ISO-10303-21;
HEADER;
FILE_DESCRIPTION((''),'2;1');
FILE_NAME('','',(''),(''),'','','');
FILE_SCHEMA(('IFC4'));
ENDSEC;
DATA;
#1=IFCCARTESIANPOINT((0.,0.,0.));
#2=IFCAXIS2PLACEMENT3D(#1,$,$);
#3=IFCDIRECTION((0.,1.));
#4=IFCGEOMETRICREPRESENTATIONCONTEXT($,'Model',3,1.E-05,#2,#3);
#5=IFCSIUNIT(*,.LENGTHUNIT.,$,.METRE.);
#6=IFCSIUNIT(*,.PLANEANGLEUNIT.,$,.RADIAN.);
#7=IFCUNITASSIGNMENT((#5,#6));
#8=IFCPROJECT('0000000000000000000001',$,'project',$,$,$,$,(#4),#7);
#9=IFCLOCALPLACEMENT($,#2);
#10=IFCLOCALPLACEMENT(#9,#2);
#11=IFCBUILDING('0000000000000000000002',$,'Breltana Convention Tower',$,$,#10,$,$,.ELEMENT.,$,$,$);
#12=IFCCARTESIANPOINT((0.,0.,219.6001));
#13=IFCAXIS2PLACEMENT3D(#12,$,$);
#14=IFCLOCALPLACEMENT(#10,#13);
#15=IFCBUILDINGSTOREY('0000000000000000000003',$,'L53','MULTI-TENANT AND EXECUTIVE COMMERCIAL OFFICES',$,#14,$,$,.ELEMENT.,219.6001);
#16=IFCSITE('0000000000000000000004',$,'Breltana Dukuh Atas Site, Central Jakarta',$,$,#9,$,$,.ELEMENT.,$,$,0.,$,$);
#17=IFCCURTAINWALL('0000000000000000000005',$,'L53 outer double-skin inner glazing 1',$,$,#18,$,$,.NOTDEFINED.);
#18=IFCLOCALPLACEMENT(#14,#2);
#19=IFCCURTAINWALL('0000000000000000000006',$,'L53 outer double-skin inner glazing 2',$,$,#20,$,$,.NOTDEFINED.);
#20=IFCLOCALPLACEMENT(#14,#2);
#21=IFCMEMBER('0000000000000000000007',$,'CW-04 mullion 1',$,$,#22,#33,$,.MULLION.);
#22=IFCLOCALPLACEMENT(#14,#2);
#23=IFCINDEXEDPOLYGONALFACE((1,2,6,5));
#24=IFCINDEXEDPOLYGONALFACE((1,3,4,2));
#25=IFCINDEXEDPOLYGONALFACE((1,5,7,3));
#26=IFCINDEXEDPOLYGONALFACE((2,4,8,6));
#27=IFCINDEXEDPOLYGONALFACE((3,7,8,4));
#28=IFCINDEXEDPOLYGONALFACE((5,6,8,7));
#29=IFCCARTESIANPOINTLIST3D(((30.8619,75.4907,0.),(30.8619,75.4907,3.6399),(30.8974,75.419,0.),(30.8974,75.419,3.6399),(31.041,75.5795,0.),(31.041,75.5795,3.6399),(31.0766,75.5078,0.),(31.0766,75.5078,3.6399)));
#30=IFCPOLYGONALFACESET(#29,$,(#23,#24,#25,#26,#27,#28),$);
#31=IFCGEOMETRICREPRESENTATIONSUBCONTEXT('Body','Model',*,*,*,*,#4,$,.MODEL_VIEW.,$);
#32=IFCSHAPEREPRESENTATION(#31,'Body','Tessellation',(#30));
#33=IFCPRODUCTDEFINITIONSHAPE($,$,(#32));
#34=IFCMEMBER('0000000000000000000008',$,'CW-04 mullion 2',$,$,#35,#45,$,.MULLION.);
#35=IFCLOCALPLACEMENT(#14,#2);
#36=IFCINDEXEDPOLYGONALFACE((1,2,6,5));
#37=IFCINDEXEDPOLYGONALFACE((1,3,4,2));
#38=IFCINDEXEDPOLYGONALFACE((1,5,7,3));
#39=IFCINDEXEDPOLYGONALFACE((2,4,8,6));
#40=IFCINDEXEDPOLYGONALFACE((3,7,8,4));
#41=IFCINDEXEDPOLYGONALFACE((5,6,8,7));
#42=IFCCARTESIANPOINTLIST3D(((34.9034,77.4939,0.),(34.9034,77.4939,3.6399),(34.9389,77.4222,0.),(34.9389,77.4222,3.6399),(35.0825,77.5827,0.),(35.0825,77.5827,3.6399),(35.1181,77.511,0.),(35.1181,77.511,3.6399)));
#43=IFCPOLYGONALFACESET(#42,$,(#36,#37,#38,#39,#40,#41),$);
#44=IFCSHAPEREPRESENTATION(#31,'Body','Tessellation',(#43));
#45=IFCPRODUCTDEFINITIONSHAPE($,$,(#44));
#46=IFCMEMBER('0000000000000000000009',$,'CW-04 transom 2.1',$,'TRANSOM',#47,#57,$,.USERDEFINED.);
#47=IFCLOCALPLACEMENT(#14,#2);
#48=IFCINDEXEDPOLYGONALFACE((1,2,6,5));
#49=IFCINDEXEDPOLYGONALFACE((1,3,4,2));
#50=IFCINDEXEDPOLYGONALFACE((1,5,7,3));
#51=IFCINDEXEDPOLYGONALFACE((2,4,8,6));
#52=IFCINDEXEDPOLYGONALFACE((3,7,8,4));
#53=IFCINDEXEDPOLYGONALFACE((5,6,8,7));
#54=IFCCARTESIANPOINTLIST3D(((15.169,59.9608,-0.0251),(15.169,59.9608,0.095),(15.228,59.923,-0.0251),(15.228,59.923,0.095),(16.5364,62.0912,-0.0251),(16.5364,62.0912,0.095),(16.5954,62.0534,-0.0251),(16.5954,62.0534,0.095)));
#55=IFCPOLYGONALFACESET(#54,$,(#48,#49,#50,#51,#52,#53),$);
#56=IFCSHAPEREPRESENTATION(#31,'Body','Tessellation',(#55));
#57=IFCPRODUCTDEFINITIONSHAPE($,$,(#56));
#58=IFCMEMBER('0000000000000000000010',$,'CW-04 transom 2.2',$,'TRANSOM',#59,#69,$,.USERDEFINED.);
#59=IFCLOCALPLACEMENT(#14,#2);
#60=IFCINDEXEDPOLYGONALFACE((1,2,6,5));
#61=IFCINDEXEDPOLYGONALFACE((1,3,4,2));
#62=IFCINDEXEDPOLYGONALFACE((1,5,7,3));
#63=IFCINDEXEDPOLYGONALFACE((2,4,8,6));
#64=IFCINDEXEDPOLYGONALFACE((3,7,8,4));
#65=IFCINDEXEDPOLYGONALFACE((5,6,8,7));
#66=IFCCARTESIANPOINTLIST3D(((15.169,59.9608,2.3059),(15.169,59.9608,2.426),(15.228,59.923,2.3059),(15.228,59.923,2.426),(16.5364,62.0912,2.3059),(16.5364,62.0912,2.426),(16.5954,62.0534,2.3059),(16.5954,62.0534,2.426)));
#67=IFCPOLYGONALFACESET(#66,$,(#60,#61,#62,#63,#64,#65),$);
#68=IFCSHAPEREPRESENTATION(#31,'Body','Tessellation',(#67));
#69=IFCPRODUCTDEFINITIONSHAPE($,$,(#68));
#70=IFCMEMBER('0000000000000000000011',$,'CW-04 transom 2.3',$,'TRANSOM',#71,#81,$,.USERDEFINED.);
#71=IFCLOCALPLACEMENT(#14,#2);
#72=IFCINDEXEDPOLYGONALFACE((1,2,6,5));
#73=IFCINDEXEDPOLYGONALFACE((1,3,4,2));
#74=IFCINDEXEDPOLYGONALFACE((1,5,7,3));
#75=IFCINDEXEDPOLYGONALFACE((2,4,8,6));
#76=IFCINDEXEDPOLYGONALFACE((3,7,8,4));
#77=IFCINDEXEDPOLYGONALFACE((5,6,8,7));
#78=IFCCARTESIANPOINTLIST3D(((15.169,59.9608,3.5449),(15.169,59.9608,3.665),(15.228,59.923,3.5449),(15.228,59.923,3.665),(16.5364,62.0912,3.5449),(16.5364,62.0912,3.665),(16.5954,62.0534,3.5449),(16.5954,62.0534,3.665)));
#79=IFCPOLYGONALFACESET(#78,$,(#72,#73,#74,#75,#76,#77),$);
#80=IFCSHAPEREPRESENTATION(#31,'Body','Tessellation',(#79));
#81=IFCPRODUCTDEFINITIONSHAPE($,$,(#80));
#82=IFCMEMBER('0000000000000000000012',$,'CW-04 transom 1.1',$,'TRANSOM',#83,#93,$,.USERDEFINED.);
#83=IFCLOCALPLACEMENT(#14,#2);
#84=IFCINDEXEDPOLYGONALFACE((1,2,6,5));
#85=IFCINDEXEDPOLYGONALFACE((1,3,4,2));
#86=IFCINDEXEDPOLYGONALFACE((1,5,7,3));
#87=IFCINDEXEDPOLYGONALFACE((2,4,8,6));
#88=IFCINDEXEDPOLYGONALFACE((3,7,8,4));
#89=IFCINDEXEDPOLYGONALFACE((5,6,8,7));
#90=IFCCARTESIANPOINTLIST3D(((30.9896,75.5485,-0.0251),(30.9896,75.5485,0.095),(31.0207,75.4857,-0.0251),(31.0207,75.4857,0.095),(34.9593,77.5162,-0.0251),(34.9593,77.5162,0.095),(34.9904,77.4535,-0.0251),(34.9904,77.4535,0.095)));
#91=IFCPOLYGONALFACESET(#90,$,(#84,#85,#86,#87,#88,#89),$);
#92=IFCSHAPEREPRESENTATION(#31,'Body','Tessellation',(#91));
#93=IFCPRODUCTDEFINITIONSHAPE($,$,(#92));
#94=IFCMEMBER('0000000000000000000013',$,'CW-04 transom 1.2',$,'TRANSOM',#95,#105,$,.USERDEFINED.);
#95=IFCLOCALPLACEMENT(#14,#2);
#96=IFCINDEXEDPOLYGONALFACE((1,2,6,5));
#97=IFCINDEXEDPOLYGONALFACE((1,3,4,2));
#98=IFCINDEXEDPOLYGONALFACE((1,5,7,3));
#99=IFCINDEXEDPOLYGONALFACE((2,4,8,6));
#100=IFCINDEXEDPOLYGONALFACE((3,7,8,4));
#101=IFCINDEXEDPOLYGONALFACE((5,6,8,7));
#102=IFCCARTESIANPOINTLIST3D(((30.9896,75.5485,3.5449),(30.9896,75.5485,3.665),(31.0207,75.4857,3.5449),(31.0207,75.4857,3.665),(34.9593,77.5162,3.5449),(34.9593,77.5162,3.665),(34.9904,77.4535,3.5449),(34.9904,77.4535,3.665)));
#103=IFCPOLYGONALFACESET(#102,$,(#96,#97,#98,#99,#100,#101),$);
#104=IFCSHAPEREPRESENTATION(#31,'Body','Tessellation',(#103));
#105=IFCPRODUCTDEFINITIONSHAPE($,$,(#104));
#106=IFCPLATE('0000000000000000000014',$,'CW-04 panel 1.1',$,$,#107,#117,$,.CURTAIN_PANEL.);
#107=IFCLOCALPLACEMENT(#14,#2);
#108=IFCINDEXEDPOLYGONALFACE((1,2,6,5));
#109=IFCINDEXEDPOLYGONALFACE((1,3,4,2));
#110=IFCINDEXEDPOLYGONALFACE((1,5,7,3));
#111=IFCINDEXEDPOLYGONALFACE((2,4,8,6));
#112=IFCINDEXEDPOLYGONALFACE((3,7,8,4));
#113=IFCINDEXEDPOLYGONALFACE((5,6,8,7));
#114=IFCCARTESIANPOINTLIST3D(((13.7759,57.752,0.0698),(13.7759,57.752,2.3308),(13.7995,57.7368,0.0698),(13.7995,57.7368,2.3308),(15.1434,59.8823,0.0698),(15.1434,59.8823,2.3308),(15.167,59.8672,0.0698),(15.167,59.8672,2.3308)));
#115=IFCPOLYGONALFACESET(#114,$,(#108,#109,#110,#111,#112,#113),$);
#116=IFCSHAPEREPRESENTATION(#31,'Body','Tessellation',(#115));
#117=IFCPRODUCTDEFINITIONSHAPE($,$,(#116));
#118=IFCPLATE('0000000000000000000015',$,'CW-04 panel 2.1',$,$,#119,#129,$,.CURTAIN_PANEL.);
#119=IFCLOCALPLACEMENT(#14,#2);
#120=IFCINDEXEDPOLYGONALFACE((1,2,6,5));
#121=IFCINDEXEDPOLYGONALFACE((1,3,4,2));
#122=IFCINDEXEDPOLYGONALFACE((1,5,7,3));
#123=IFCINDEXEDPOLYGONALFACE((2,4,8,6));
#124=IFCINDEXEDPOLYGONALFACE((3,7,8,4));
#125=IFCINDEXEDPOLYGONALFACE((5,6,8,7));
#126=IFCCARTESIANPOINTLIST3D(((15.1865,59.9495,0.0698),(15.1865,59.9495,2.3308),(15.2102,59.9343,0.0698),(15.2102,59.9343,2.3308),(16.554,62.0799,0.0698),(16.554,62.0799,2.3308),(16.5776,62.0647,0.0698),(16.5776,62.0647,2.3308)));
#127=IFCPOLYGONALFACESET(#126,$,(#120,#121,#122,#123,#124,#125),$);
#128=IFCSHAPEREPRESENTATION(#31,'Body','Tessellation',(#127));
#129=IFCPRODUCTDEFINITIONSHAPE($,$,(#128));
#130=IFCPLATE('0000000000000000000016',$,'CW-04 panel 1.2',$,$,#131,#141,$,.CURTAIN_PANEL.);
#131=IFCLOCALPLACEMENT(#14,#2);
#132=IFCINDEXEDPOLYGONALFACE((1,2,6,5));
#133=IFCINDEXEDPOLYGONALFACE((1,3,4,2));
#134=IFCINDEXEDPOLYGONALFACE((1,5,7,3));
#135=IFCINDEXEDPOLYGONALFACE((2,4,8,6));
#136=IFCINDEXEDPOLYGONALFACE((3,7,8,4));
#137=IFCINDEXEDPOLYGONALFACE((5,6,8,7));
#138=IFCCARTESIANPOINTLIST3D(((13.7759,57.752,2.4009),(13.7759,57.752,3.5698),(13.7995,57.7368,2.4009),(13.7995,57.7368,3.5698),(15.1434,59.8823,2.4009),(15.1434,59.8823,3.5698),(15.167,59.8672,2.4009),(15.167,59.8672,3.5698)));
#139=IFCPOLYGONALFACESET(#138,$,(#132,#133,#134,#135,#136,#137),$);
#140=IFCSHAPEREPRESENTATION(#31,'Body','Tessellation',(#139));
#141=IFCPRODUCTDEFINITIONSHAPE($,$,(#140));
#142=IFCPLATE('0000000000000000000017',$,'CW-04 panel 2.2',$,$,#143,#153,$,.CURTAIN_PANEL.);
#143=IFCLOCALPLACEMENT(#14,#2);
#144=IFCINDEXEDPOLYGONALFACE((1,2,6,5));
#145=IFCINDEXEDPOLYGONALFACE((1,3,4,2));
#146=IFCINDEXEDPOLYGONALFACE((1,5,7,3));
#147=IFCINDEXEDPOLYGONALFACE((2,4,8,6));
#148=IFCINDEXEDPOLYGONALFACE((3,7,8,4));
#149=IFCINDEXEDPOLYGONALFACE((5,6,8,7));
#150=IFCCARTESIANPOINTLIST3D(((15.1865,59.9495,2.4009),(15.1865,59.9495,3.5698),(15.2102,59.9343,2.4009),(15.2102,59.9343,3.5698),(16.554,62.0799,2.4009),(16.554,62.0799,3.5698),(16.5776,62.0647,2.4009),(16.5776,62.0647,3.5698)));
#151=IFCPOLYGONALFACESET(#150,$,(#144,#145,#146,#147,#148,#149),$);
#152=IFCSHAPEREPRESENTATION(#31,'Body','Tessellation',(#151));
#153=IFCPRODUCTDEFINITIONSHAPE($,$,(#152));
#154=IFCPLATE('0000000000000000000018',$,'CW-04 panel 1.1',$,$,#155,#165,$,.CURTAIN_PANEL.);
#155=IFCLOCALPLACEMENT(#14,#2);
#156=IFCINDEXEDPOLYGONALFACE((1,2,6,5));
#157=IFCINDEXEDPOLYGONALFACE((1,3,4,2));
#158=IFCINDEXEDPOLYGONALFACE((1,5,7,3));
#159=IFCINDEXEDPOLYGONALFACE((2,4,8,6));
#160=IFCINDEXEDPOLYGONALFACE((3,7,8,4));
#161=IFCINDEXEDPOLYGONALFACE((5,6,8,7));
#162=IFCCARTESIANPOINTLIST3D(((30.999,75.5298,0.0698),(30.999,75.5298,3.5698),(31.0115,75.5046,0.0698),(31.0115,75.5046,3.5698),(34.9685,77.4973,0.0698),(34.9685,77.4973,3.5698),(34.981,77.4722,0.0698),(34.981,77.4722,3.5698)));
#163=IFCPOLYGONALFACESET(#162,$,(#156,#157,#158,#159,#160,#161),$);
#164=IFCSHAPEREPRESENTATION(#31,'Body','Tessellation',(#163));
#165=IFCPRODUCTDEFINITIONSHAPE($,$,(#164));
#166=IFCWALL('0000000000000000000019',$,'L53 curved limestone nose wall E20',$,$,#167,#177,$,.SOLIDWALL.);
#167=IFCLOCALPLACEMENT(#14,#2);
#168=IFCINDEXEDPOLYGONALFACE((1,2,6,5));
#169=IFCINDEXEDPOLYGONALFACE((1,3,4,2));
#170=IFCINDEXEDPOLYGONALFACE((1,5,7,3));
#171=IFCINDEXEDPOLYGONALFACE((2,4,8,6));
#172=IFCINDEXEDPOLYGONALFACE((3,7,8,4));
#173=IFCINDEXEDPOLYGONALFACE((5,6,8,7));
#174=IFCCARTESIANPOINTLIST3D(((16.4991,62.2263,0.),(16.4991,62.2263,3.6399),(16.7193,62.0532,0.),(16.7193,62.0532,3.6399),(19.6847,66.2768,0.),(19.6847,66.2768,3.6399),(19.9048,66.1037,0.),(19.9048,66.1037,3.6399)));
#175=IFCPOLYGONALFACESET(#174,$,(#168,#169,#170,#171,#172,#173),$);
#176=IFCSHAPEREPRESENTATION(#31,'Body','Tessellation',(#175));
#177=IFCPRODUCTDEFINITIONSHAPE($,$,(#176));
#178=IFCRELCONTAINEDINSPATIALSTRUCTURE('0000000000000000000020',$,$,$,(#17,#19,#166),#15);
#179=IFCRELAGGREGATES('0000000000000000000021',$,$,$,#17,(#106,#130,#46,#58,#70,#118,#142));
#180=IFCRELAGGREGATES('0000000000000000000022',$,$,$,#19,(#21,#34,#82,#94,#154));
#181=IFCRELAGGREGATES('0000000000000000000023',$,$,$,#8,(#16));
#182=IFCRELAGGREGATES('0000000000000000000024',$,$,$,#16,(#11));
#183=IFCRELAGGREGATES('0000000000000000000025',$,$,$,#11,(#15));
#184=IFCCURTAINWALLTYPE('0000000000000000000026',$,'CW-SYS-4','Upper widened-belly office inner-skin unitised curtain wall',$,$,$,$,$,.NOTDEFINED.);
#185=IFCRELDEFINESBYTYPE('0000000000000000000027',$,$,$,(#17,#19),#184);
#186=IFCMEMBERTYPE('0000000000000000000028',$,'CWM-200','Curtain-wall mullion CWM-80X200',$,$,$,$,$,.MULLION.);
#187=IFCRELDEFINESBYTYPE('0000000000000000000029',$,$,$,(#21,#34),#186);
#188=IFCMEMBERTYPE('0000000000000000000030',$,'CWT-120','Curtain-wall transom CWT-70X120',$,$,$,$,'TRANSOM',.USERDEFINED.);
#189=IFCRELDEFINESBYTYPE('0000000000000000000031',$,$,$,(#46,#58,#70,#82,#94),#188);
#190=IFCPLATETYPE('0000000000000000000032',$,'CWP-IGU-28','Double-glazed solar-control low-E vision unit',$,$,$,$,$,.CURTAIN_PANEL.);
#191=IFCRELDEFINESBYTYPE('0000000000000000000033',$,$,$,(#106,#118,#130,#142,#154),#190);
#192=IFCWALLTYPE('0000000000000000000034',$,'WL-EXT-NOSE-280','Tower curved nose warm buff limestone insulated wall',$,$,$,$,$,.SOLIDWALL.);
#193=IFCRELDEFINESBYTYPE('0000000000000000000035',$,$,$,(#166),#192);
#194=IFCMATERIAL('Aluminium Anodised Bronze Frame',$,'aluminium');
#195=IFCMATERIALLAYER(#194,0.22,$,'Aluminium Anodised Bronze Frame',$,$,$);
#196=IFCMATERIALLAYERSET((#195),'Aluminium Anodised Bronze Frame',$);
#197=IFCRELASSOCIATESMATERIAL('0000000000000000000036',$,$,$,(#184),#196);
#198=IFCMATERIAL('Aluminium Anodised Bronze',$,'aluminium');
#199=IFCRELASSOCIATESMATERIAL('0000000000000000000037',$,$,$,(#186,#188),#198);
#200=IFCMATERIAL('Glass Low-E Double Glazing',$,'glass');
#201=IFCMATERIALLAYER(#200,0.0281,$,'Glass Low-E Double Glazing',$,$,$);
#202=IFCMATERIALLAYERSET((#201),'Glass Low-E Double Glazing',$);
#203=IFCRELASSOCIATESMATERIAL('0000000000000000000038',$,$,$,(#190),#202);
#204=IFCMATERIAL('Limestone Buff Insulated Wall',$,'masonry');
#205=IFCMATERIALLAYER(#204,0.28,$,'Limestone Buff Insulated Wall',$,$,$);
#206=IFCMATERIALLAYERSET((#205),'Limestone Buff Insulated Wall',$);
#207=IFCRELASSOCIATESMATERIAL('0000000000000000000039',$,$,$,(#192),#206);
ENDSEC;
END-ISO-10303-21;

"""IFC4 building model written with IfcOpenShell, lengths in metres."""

from ifc_helpers import new_model, si_unit, direction, frame, frame_2d, origin, origin_2d, place, context, subcontext, project, spatial, rectangle, extrude, source, transform, mapped, material, layer, layer_set, material_profile, profile_set, type_object, element, aggregate, save


model = new_model("IFC4")

# Units and contexts
model_context = context("Model", 3, precision=1e-05, world=origin(), true_north=direction((0.0, 1.0)))
body_context = subcontext(model_context, "Body", "Model", "MODEL_VIEW")
ifc_project = project(units=[si_unit("LENGTHUNIT", "METRE"), si_unit("PLANEANGLEUNIT", "RADIAN")], contexts=[model_context])

# Site, building, storey
site_placement = place(None, origin())
site = spatial("IfcSite", under=ifc_project, at=site_placement, Name="Breltana Dukuh Atas Site, Central Jakarta", CompositionType="ELEMENT", RefElevation=0.0)
building_placement = place(site_placement, origin())
building = spatial("IfcBuilding", under=site, at=building_placement, Name="Breltana Convention Tower", CompositionType="ELEMENT")
storey_placement = place(building_placement, frame((0.0, 0.0, 219.6001)))
storey = spatial("IfcBuildingStorey", under=building, at=storey_placement, Name="L53", Description="MULTI-TENANT AND EXECUTIVE COMMERCIAL OFFICES", CompositionType="ELEMENT", Elevation=219.6001)

# Curtain walls, members
ifc_material_1 = material(Name="Aluminium Anodised Bronze Frame", Category="aluminium")
ifc_layer_1 = layer(ifc_material_1, 0.22, Name="Aluminium Anodised Bronze Frame")
ifc_layer_set_1 = layer_set([ifc_layer_1], Name="Aluminium Anodised Bronze Frame")
curtain_wall_type = type_object("IfcCurtainWallType", Name="CW-SYS-4", Description="Upper widened-belly office inner-skin unitised curtain wall", PredefinedType="NOTDEFINED", material=ifc_layer_set_1)
curtain_wall_1_placement = place(storey_placement, origin())
curtain_wall_1 = element("IfcCurtainWall", 1, at=curtain_wall_1_placement, inside=storey, type_object=curtain_wall_type, Name="L53 outer double-skin inner glazing 1", PredefinedType="NOTDEFINED")
ifc_material_2 = material(Name="Aluminium Anodised Bronze", Category="aluminium")
ifc_material_profile_1 = material_profile(ifc_material_2, rectangle(XDim=0.0801, YDim=0.2, at=origin_2d()), Name="CWM-80X200")
ifc_profile_set_1 = profile_set([ifc_material_profile_1], Name="Aluminium Anodised Bronze")
member_type_1 = type_object("IfcMemberType", Name="CWM-200", Description="Curtain-wall mullion CWM-80X200", PredefinedType="MULLION", material=ifc_profile_set_1)
shared_shape_1 = source(origin(), body_context, "Body", "SweptSolid", [
    extrude(rectangle(XDim=0.0801, YDim=0.2, at=origin_2d()), origin(), (0.0, 0.0, 1.0), 3.6399),
])
curtain_wall_2_placement = place(storey_placement, origin())
curtain_wall_2 = element("IfcCurtainWall", 2, at=curtain_wall_2_placement, inside=storey, type_object=curtain_wall_type, Name="L53 outer double-skin inner glazing 2", PredefinedType="NOTDEFINED")
member_1_placement = place(storey_placement, frame((30.9692, 75.4993, 0.0), z_axis=(0.0, 0.0, 1.0), x_axis=(-0.444109, 0.895973, 0.0)))
member_1 = element("IfcMember", 3, at=member_1_placement, type_object=member_type_1, Name="CW-04 mullion 1", PredefinedType="MULLION", context=body_context, shape_type="MappedRepresentation", body=[
    mapped(shared_shape_1, transform((0.0, 0.0, 0.0), scale=1.0)),
])
member_2_placement = place(storey_placement, frame((35.0107, 77.5024, 0.0), z_axis=(0.0, 0.0, 1.0), x_axis=(-0.444109, 0.895973, 0.0)))
member_2 = element("IfcMember", 4, at=member_2_placement, type_object=member_type_1, Name="CW-04 mullion 2", PredefinedType="MULLION", context=body_context, shape_type="MappedRepresentation", body=[
    mapped(shared_shape_1, transform((0.0, 0.0, 0.0), scale=1.0)),
])

# Members
ifc_material_profile_2 = material_profile(ifc_material_2, rectangle(XDim=0.0701, YDim=0.1201, at=origin_2d()), Name="CWT-70X120")
ifc_profile_set_2 = profile_set([ifc_material_profile_2], Name="Aluminium Anodised Bronze")
member_type_2 = type_object("IfcMemberType", Name="CWT-120", Description="Curtain-wall transom CWT-70X120", ElementType="TRANSOM", PredefinedType="USERDEFINED", material=ifc_profile_set_2)
shared_shape_2 = source(origin(), body_context, "Body", "SweptSolid", [
    extrude(rectangle(XDim=0.0701, YDim=0.1201, at=origin_2d()), origin(), (0.0, 0.0, 1.0), 2.5315),
])
member_3_placement = place(storey_placement, frame((15.1985, 59.9419, 0.0349), z_axis=(0.540173, 0.841554, 0.0), x_axis=(-0.841554, 0.540173, 0.0)))
member_3 = element("IfcMember", 5, at=member_3_placement, type_object=member_type_2, Name="CW-04 transom 2.1", ObjectType="TRANSOM", PredefinedType="USERDEFINED", context=body_context, shape_type="MappedRepresentation", body=[
    mapped(shared_shape_2, transform((0.0, 0.0, 0.0), scale=1.0)),
])
member_4_placement = place(storey_placement, frame((15.1985, 59.9419, 2.366), z_axis=(0.540173, 0.841554, 0.0), x_axis=(-0.841554, 0.540173, 0.0)))
member_4 = element("IfcMember", 6, at=member_4_placement, type_object=member_type_2, Name="CW-04 transom 2.2", ObjectType="TRANSOM", PredefinedType="USERDEFINED", context=body_context, shape_type="MappedRepresentation", body=[
    mapped(shared_shape_2, transform((0.0, 0.0, 0.0), scale=1.0)),
])
member_5_placement = place(storey_placement, frame((15.1985, 59.9419, 3.605), z_axis=(0.540173, 0.841554, 0.0), x_axis=(-0.841554, 0.540173, 0.0)))
member_5 = element("IfcMember", 7, at=member_5_placement, type_object=member_type_2, Name="CW-04 transom 2.3", ObjectType="TRANSOM", PredefinedType="USERDEFINED", context=body_context, shape_type="MappedRepresentation", body=[
    mapped(shared_shape_2, transform((0.0, 0.0, 0.0), scale=1.0)),
])
shared_shape_3 = source(origin(), body_context, "Body", "SweptSolid", [
    extrude(rectangle(XDim=0.0701, YDim=0.1201, at=origin_2d()), origin(), (0.0, 0.0, 1.0), 4.4307),
])
member_6_placement = place(storey_placement, frame((31.0051, 75.5171, 0.0349), z_axis=(0.895965, 0.444125, 0.0), x_axis=(-0.444125, 0.895965, 0.0)))
member_6 = element("IfcMember", 8, at=member_6_placement, type_object=member_type_2, Name="CW-04 transom 1.1", ObjectType="TRANSOM", PredefinedType="USERDEFINED", context=body_context, shape_type="MappedRepresentation", body=[
    mapped(shared_shape_3, transform((0.0, 0.0, 0.0), scale=1.0)),
])
member_7_placement = place(storey_placement, frame((31.0051, 75.5171, 3.605), z_axis=(0.895965, 0.444125, 0.0), x_axis=(-0.444125, 0.895965, 0.0)))
member_7 = element("IfcMember", 9, at=member_7_placement, type_object=member_type_2, Name="CW-04 transom 1.2", ObjectType="TRANSOM", PredefinedType="USERDEFINED", context=body_context, shape_type="MappedRepresentation", body=[
    mapped(shared_shape_3, transform((0.0, 0.0, 0.0), scale=1.0)),
])

# Plates
ifc_material_3 = material(Name="Glass Low-E Double Glazing", Category="glass")
ifc_layer_2 = layer(ifc_material_3, 0.0281, Name="Glass Low-E Double Glazing")
ifc_layer_set_2 = layer_set([ifc_layer_2], Name="Glass Low-E Double Glazing")
plate_type = type_object("IfcPlateType", Name="CWP-IGU-28", Description="Double-glazed solar-control low-E vision unit", PredefinedType="CURTAIN_PANEL", material=ifc_layer_set_2)
shared_shape_4 = source(origin(), body_context, "Body", "SweptSolid", [
    extrude(rectangle(XDim=2.5315, YDim=0.0281, at=origin_2d()), origin(), (0.0, 0.0, 1.0), 2.261),
])
plate_1_placement = place(storey_placement, frame((14.4714, 58.8096, 0.0698), z_axis=(0.0, 0.0, 1.0), x_axis=(0.540182, 0.841548, 0.0)))
plate_1 = element("IfcPlate", 10, at=plate_1_placement, type_object=plate_type, Name="CW-04 panel 1.1", PredefinedType="CURTAIN_PANEL", context=body_context, shape_type="MappedRepresentation", body=[
    mapped(shared_shape_4, transform((0.0, 0.0, 0.0), scale=1.0)),
])
plate_2_placement = place(storey_placement, frame((15.8821, 61.0071, 0.0698), z_axis=(0.0, 0.0, 1.0), x_axis=(0.540182, 0.841548, 0.0)))
plate_2 = element("IfcPlate", 11, at=plate_2_placement, type_object=plate_type, Name="CW-04 panel 2.1", PredefinedType="CURTAIN_PANEL", context=body_context, shape_type="MappedRepresentation", body=[
    mapped(shared_shape_4, transform((0.0, 0.0, 0.0), scale=1.0)),
])
shared_shape_5 = source(origin(), body_context, "Body", "SweptSolid", [
    extrude(rectangle(XDim=2.5315, YDim=0.0281, at=origin_2d()), origin(), (0.0, 0.0, 1.0), 1.1689),
])
plate_3_placement = place(storey_placement, frame((14.4714, 58.8096, 2.4009), z_axis=(0.0, 0.0, 1.0), x_axis=(0.540182, 0.841548, 0.0)))
plate_3 = element("IfcPlate", 12, at=plate_3_placement, type_object=plate_type, Name="CW-04 panel 1.2", PredefinedType="CURTAIN_PANEL", context=body_context, shape_type="MappedRepresentation", body=[
    mapped(shared_shape_5, transform((0.0, 0.0, 0.0), scale=1.0)),
])
plate_4_placement = place(storey_placement, frame((15.8821, 61.0071, 2.4009), z_axis=(0.0, 0.0, 1.0), x_axis=(0.540182, 0.841548, 0.0)))
plate_4 = element("IfcPlate", 13, at=plate_4_placement, type_object=plate_type, Name="CW-04 panel 2.2", PredefinedType="CURTAIN_PANEL", context=body_context, shape_type="MappedRepresentation", body=[
    mapped(shared_shape_5, transform((0.0, 0.0, 0.0), scale=1.0)),
])
aggregate(curtain_wall_1, [plate_1, plate_3, member_3, member_4, member_5, plate_2, plate_4])
shared_shape_6 = source(origin(), body_context, "Body", "SweptSolid", [
    extrude(rectangle(XDim=4.4304, YDim=0.0281, at=origin_2d()), origin(), (0.0, 0.0, 1.0), 3.5),
])
plate_5_placement = place(storey_placement, frame((32.99, 76.501, 0.0698), z_axis=(0.0, 0.0, 1.0), x_axis=(0.895973, 0.444109, 0.0)))
plate_5 = element("IfcPlate", 14, at=plate_5_placement, type_object=plate_type, Name="CW-04 panel 1.1", PredefinedType="CURTAIN_PANEL", context=body_context, shape_type="MappedRepresentation", body=[
    mapped(shared_shape_6, transform((0.0, 0.0, 0.0), scale=1.0)),
])
aggregate(curtain_wall_2, [member_1, member_2, member_6, member_7, plate_5])

# Wall
ifc_material_4 = material(Name="Limestone Buff Insulated Wall", Category="masonry")
ifc_layer_3 = layer(ifc_material_4, 0.28, Name="Limestone Buff Insulated Wall")
ifc_layer_set_3 = layer_set([ifc_layer_3], Name="Limestone Buff Insulated Wall")
wall_type_1 = type_object("IfcWallType", Name="WL-EXT-NOSE-280", Description="Tower curved nose warm buff limestone insulated wall", PredefinedType="SOLIDWALL", material=ifc_layer_set_3)
shared_shape_7 = source(origin(), body_context, "Body", "SweptSolid", [
    extrude(rectangle(XDim=5.1531, YDim=0.28, at=frame_2d((2.5767, 0.0))), origin(), (0.0, 0.0, 1.0), 3.6399),
])
wall_1_placement = place(storey_placement, frame((16.6091, 62.1396, 0.0), z_axis=(0.0, 0.0, 1.0), x_axis=(0.618179, 0.786037, 0.0)))
element("IfcWall", 15, at=wall_1_placement, inside=storey, type_object=wall_type_1, Name="L53 curved limestone nose wall E20", PredefinedType="SOLIDWALL", context=body_context, shape_type="MappedRepresentation", body=[
    mapped(shared_shape_7, transform((0.0, 0.0, 0.0), scale=1.0)),
])

save(model, "model.ifc")
